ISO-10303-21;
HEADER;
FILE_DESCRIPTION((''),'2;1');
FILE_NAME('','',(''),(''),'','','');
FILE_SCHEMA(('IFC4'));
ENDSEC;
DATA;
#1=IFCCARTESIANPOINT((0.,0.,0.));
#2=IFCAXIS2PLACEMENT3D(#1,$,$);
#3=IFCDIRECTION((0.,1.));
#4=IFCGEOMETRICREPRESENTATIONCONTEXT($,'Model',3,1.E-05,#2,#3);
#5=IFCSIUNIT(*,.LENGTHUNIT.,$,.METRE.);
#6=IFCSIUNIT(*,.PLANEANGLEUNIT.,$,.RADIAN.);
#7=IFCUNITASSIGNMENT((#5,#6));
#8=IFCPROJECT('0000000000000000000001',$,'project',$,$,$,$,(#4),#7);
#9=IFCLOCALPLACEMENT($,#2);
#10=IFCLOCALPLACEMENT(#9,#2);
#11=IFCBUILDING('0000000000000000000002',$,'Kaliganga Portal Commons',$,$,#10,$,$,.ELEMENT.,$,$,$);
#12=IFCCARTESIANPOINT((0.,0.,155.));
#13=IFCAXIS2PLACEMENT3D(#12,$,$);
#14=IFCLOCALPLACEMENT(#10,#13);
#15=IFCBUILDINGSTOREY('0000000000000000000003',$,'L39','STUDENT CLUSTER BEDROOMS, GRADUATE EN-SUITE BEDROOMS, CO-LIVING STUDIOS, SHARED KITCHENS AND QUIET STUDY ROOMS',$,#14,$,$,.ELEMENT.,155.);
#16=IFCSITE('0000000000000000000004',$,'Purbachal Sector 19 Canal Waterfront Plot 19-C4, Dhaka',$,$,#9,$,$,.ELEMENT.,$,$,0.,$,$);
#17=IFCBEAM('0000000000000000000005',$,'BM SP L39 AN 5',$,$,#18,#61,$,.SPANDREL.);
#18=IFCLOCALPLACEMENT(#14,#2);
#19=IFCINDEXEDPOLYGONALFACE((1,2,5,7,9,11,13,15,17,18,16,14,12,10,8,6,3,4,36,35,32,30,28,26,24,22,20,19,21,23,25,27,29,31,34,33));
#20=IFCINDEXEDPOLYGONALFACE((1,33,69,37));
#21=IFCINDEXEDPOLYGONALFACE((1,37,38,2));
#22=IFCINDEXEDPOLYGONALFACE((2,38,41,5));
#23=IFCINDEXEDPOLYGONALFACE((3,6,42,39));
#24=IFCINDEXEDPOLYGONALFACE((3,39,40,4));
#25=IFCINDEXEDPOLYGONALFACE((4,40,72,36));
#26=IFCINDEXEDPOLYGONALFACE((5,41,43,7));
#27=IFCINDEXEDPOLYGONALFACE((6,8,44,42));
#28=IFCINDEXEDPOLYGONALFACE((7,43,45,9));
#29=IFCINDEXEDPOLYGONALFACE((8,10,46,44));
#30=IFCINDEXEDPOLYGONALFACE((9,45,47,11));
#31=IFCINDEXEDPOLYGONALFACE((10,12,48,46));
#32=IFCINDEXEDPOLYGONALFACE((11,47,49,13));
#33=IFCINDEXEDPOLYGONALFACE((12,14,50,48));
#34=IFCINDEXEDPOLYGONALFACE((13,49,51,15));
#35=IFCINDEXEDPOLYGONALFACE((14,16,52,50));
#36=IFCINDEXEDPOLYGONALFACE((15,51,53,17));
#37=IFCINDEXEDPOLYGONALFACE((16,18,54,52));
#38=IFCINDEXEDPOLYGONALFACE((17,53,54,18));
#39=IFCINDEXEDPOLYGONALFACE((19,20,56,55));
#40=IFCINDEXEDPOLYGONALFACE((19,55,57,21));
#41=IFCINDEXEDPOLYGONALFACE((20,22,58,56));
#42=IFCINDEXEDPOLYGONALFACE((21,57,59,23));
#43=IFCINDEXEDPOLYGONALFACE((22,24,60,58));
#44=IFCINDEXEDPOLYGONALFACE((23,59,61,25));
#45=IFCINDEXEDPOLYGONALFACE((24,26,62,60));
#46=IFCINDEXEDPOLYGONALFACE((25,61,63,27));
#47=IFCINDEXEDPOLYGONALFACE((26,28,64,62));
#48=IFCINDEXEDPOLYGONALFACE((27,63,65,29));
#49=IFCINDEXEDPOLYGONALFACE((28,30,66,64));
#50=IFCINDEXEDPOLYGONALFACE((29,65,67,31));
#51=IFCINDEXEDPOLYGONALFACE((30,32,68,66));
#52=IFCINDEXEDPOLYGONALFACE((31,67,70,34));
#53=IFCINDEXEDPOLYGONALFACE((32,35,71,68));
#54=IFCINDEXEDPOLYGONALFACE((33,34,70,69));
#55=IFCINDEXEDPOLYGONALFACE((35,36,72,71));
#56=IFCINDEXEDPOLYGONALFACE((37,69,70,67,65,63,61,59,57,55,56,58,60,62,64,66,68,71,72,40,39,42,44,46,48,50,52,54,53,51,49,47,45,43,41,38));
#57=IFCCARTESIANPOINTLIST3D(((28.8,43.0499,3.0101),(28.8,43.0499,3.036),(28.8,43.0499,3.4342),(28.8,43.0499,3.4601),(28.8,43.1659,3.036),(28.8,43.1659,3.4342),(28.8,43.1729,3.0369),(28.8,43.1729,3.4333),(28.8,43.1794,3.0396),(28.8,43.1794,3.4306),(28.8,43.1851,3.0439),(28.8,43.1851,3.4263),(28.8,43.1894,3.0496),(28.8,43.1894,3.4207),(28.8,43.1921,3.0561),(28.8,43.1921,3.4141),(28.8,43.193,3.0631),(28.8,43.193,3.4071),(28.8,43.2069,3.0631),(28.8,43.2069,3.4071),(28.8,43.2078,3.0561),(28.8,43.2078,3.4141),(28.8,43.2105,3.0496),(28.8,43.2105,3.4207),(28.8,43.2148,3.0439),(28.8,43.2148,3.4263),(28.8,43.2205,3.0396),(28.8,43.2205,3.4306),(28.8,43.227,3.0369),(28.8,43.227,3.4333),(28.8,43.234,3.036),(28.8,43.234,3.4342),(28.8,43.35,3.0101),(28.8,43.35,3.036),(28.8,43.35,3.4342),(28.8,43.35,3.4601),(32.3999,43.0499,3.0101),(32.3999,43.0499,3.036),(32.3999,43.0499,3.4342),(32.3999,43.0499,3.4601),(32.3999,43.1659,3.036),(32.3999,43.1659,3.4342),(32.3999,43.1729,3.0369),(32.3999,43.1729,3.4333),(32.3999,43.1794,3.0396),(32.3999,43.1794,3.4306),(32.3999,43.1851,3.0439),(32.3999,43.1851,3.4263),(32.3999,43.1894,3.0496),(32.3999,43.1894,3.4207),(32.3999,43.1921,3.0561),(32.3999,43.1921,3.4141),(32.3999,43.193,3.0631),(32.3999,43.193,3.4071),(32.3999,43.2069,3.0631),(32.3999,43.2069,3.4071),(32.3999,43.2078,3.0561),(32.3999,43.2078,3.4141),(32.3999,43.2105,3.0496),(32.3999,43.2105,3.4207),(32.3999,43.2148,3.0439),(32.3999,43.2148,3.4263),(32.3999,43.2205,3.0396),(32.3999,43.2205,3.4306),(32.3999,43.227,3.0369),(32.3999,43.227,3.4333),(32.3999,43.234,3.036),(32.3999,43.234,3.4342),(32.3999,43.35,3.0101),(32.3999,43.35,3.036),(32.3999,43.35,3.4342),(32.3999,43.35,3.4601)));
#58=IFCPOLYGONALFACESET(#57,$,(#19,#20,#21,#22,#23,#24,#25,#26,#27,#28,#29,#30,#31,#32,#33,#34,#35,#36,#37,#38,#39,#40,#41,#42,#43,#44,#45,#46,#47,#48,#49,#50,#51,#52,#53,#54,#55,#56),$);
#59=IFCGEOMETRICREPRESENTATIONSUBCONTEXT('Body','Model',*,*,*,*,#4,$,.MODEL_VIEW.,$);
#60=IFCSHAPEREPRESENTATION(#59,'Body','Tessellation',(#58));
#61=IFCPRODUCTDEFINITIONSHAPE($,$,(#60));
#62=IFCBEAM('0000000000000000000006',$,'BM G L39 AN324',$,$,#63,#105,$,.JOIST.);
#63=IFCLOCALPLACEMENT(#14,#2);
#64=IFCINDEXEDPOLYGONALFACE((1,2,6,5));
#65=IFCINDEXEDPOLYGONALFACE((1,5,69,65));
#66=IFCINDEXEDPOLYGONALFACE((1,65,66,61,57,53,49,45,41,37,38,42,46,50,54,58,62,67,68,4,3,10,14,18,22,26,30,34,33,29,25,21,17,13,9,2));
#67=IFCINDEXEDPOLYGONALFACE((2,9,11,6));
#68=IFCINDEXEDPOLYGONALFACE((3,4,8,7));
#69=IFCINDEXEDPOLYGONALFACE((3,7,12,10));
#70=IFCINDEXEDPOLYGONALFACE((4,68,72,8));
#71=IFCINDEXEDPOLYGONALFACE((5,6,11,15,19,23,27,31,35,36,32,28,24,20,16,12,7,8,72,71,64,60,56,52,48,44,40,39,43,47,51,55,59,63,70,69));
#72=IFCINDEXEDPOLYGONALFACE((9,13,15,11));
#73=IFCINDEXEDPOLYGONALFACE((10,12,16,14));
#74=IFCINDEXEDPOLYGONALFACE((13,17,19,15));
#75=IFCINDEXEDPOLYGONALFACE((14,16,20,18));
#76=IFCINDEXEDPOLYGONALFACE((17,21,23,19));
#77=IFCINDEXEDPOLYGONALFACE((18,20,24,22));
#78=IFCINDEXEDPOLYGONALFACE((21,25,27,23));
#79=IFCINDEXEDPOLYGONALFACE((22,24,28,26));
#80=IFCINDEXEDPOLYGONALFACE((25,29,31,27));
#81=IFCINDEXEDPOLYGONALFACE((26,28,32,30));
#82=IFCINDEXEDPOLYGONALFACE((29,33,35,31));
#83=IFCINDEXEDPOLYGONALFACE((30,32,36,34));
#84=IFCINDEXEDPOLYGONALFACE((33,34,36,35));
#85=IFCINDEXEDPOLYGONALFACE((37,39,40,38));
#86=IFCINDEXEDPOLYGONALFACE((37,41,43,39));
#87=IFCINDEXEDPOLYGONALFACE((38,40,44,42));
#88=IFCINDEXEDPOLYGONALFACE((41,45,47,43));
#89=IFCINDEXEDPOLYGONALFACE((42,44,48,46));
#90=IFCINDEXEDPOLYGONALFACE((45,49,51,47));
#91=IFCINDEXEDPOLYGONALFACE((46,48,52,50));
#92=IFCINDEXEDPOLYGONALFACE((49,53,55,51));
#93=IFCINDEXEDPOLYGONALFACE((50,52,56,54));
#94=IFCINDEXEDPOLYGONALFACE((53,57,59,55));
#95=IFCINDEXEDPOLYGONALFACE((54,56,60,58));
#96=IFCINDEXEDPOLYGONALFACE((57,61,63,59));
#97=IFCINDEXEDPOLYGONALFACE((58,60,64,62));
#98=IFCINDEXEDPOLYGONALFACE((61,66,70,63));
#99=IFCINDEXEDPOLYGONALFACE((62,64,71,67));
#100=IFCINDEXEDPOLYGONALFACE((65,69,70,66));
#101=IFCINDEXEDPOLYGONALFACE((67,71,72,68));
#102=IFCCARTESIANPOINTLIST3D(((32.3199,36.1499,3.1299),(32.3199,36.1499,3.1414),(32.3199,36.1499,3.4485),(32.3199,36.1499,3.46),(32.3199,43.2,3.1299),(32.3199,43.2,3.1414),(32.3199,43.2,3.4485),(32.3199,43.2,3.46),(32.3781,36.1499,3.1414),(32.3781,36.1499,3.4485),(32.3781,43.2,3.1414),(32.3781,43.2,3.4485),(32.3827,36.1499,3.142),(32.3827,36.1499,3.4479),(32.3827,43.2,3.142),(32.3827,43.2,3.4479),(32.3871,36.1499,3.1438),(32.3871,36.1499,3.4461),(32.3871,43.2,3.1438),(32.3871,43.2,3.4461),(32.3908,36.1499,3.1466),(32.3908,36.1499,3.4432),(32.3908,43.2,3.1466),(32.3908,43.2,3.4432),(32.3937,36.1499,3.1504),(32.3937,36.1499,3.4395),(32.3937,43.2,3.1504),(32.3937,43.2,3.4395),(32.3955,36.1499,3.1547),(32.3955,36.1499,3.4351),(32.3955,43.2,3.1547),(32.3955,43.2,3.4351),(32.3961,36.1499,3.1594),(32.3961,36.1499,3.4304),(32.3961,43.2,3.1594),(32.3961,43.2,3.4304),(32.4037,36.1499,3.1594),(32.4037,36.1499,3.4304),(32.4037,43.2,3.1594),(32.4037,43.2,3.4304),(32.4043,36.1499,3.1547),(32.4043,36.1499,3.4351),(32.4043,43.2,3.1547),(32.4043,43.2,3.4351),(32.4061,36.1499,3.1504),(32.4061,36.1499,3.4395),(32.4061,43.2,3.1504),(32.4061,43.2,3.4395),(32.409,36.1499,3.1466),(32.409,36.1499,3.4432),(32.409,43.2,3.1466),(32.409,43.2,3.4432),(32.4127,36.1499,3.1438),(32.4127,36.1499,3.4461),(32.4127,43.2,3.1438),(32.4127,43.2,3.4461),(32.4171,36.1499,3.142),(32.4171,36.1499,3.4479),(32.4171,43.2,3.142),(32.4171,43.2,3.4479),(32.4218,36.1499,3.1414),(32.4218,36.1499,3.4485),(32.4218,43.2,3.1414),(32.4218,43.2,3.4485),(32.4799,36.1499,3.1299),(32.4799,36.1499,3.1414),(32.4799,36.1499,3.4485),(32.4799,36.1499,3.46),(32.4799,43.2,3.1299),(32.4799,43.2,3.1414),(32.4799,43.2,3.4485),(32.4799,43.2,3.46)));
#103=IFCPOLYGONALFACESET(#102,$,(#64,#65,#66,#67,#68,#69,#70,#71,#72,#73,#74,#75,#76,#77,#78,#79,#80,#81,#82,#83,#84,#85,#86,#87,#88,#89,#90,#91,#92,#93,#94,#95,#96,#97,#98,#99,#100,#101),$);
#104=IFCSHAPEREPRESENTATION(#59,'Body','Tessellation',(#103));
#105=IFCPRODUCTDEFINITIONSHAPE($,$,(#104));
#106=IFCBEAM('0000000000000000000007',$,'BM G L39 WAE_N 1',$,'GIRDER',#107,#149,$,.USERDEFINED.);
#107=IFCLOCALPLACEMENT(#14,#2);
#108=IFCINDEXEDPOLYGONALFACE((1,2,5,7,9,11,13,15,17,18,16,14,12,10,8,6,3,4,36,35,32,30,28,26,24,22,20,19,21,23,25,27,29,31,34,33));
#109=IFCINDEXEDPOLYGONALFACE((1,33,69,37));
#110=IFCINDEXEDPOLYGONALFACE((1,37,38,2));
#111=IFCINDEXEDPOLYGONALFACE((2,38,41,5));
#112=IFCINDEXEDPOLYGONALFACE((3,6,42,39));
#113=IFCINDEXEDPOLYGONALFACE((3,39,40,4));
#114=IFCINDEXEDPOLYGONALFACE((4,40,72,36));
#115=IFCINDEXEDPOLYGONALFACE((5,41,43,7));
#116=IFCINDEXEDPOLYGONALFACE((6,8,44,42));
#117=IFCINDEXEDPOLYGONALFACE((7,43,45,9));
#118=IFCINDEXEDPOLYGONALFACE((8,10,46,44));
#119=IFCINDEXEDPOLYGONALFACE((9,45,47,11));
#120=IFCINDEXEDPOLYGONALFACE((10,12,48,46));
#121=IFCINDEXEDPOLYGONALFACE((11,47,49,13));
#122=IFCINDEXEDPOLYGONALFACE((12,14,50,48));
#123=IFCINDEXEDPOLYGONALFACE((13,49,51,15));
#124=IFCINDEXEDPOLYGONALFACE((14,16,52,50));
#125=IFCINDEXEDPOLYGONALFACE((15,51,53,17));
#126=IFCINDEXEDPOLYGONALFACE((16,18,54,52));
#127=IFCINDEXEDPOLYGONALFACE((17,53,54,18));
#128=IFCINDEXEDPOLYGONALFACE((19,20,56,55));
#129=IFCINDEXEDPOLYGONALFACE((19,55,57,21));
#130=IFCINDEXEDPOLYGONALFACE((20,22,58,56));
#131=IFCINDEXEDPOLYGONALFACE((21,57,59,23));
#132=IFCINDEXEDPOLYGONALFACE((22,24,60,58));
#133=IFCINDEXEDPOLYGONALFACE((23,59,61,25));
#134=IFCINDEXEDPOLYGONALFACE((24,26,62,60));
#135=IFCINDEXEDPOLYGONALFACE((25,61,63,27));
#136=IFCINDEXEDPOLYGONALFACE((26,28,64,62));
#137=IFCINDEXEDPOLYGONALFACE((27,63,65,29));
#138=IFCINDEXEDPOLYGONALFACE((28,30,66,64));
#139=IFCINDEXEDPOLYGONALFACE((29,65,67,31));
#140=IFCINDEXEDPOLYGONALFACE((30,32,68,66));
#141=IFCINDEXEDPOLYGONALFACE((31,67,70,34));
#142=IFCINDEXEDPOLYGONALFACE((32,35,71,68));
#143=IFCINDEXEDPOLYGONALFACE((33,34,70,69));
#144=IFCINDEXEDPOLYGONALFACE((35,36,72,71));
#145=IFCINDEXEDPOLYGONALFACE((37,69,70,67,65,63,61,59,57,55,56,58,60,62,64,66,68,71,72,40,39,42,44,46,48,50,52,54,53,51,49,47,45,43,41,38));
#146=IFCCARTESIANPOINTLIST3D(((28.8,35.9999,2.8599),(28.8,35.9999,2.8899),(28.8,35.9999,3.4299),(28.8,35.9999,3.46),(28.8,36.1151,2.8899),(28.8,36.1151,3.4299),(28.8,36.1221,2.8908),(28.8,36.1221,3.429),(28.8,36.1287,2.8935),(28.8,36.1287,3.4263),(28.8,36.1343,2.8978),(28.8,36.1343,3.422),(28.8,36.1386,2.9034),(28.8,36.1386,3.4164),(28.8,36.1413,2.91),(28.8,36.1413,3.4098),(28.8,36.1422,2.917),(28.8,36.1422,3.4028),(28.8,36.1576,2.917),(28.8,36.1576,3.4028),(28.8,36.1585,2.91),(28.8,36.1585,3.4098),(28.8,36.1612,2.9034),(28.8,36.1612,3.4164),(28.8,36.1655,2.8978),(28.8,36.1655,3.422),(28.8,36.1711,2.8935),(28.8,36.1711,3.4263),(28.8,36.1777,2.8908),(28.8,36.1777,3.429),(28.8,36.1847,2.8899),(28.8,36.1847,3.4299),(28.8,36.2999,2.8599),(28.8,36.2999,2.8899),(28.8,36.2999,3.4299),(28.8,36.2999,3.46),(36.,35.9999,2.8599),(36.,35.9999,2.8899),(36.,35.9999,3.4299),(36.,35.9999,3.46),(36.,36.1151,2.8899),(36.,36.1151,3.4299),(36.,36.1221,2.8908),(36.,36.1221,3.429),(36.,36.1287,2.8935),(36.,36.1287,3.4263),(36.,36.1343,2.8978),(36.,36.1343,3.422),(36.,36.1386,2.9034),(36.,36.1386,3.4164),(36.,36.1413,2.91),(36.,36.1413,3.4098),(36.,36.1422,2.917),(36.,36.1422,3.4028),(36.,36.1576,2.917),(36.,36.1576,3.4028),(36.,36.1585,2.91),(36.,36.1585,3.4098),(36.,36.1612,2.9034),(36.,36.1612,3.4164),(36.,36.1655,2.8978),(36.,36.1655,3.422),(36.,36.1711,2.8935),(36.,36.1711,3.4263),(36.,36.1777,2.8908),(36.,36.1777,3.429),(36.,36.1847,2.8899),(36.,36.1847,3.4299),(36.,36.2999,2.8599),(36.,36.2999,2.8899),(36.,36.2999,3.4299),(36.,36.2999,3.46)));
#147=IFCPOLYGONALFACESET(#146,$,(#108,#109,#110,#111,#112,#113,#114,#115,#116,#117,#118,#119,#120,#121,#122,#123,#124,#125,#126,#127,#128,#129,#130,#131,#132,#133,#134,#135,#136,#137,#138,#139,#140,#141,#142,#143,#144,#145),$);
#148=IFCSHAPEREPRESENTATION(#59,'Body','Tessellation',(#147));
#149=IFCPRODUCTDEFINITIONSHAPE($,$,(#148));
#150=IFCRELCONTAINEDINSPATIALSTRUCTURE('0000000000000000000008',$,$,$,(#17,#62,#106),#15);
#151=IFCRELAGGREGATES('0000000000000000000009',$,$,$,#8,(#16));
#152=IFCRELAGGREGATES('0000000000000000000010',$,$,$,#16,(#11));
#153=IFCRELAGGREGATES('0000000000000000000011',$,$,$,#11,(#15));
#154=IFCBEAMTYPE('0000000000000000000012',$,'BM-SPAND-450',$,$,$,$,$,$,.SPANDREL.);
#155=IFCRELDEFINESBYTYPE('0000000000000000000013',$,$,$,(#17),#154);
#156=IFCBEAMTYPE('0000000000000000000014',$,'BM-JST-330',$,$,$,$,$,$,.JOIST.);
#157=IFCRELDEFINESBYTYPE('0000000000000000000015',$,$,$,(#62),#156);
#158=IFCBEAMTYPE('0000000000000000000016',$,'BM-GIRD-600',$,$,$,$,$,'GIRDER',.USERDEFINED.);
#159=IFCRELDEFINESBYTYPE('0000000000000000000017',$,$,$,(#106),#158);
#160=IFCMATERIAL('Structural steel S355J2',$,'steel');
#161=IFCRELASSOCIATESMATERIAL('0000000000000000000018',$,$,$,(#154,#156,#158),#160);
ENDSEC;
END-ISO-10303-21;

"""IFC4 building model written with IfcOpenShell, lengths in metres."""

from ifc_helpers import new_model, si_unit, direction, frame, origin, origin_2d, place, context, subcontext, project, spatial, i_section, extrude, source, transform, mapped, material, material_profile, profile_set, type_object, element, save


model = new_model("IFC4")

# Units and contexts
model_context = context("Model", 3, precision=1e-05, world=origin(), true_north=direction((0.0, 1.0)))
body_context = subcontext(model_context, "Body", "Model", "MODEL_VIEW")
ifc_project = project(units=[si_unit("LENGTHUNIT", "METRE"), si_unit("PLANEANGLEUNIT", "RADIAN")], contexts=[model_context])

# Site, building, storey
site_placement = place(None, origin())
site = spatial("IfcSite", under=ifc_project, at=site_placement, Name="Purbachal Sector 19 Canal Waterfront Plot 19-C4, Dhaka", CompositionType="ELEMENT", RefElevation=0.0)
building_placement = place(site_placement, origin())
building = spatial("IfcBuilding", under=site, at=building_placement, Name="Kaliganga Portal Commons", CompositionType="ELEMENT")
storey_placement = place(building_placement, frame((0.0, 0.0, 155.0)))
storey = spatial("IfcBuildingStorey", under=building, at=storey_placement, Name="L39", Description="STUDENT CLUSTER BEDROOMS, GRADUATE EN-SUITE BEDROOMS, CO-LIVING STUDIOS, SHARED KITCHENS AND QUIET STUDY ROOMS", CompositionType="ELEMENT", Elevation=155.0)

# Beams
ifc_material_1 = material(Name="Structural steel S355J2", Category="steel")
ifc_material_profile_1 = material_profile(ifc_material_1, i_section(OverallWidth=0.3, OverallDepth=0.45, WebThickness=0.0139, FlangeThickness=0.0259, FilletRadius=0.0271, at=origin_2d()), Name="HE 450 B")
ifc_profile_set_1 = profile_set([ifc_material_profile_1], Name="Structural steel S355J2 wide-flange")
beam_type_1 = type_object("IfcBeamType", Name="BM-SPAND-450", PredefinedType="SPANDREL", material=ifc_profile_set_1)
shared_shape_1 = source(origin(), body_context, "Body", "SweptSolid", [
    extrude(i_section(OverallWidth=0.3, OverallDepth=0.45, WebThickness=0.0139, FlangeThickness=0.0259, FilletRadius=0.0271, at=origin_2d()), origin(), (0.0, 0.0, 1.0), 3.5999),
])
beam_1_placement = place(storey_placement, frame((28.8, 43.2, 3.2351), z_axis=(1.0, 0.0, 0.0), x_axis=(0.0, 1.0, 0.0)))
element("IfcBeam", 1, at=beam_1_placement, inside=storey, type_object=beam_type_1, Name="BM SP L39 AN 5", PredefinedType="SPANDREL", context=body_context, shape_type="MappedRepresentation", body=[
    mapped(shared_shape_1, transform((0.0, 0.0, 0.0), x_axis=(1.0, 0.0, 0.0), y_axis=(0.0, 1.0, 0.0), z_axis=(0.0, 0.0, 1.0), scale=1.0)),
])
ifc_material_profile_2 = material_profile(ifc_material_1, i_section(OverallWidth=0.1599, OverallDepth=0.3301, WebThickness=0.0076, FlangeThickness=0.0115, FilletRadius=0.0181, at=origin_2d()), Name="IPE 330")
ifc_profile_set_2 = profile_set([ifc_material_profile_2], Name="Structural steel S355J2 wide-flange")
beam_type_2 = type_object("IfcBeamType", Name="BM-JST-330", PredefinedType="JOIST", material=ifc_profile_set_2)
shared_shape_2 = source(origin(), body_context, "Body", "SweptSolid", [
    extrude(i_section(OverallWidth=0.1599, OverallDepth=0.3301, WebThickness=0.0076, FlangeThickness=0.0115, FilletRadius=0.0181, at=origin_2d()), origin(), (0.0, 0.0, 1.0), 7.05),
])
beam_2_placement = place(storey_placement, frame((32.3999, 36.1499, 3.2949), z_axis=(0.0, 1.0, 0.0), x_axis=(-1.0, 0.0, 0.0)))
element("IfcBeam", 2, at=beam_2_placement, inside=storey, type_object=beam_type_2, Name="BM G L39 AN324", PredefinedType="JOIST", context=body_context, shape_type="MappedRepresentation", body=[
    mapped(shared_shape_2, transform((0.0, 0.0, 0.0), x_axis=(1.0, 0.0, 0.0), y_axis=(0.0, 1.0, 0.0), z_axis=(0.0, 0.0, 1.0), scale=1.0)),
])
ifc_material_profile_3 = material_profile(ifc_material_1, i_section(OverallWidth=0.3, OverallDepth=0.6001, WebThickness=0.0154, FlangeThickness=0.03, FilletRadius=0.0271, at=origin_2d()), Name="HE 600 B")
ifc_profile_set_3 = profile_set([ifc_material_profile_3], Name="Structural steel S355J2 wide-flange")
beam_type_3 = type_object("IfcBeamType", Name="BM-GIRD-600", ElementType="GIRDER", PredefinedType="USERDEFINED", material=ifc_profile_set_3)
shared_shape_3 = source(origin(), body_context, "Body", "SweptSolid", [
    extrude(i_section(OverallWidth=0.3, OverallDepth=0.6001, WebThickness=0.0154, FlangeThickness=0.03, FilletRadius=0.0271, at=origin_2d()), origin(), (0.0, 0.0, 1.0), 7.2),
])
beam_3_placement = place(storey_placement, frame((28.8, 36.1499, 3.1599), z_axis=(1.0, 0.0, 0.0), x_axis=(0.0, 1.0, 0.0)))
element("IfcBeam", 3, at=beam_3_placement, inside=storey, type_object=beam_type_3, Name="BM G L39 WAE_N 1", ObjectType="GIRDER", PredefinedType="USERDEFINED", context=body_context, shape_type="MappedRepresentation", body=[
    mapped(shared_shape_3, transform((0.0, 0.0, 0.0), x_axis=(1.0, 0.0, 0.0), y_axis=(0.0, 1.0, 0.0), z_axis=(0.0, 0.0, 1.0), scale=1.0)),
])

save(model, "model.ifc")
